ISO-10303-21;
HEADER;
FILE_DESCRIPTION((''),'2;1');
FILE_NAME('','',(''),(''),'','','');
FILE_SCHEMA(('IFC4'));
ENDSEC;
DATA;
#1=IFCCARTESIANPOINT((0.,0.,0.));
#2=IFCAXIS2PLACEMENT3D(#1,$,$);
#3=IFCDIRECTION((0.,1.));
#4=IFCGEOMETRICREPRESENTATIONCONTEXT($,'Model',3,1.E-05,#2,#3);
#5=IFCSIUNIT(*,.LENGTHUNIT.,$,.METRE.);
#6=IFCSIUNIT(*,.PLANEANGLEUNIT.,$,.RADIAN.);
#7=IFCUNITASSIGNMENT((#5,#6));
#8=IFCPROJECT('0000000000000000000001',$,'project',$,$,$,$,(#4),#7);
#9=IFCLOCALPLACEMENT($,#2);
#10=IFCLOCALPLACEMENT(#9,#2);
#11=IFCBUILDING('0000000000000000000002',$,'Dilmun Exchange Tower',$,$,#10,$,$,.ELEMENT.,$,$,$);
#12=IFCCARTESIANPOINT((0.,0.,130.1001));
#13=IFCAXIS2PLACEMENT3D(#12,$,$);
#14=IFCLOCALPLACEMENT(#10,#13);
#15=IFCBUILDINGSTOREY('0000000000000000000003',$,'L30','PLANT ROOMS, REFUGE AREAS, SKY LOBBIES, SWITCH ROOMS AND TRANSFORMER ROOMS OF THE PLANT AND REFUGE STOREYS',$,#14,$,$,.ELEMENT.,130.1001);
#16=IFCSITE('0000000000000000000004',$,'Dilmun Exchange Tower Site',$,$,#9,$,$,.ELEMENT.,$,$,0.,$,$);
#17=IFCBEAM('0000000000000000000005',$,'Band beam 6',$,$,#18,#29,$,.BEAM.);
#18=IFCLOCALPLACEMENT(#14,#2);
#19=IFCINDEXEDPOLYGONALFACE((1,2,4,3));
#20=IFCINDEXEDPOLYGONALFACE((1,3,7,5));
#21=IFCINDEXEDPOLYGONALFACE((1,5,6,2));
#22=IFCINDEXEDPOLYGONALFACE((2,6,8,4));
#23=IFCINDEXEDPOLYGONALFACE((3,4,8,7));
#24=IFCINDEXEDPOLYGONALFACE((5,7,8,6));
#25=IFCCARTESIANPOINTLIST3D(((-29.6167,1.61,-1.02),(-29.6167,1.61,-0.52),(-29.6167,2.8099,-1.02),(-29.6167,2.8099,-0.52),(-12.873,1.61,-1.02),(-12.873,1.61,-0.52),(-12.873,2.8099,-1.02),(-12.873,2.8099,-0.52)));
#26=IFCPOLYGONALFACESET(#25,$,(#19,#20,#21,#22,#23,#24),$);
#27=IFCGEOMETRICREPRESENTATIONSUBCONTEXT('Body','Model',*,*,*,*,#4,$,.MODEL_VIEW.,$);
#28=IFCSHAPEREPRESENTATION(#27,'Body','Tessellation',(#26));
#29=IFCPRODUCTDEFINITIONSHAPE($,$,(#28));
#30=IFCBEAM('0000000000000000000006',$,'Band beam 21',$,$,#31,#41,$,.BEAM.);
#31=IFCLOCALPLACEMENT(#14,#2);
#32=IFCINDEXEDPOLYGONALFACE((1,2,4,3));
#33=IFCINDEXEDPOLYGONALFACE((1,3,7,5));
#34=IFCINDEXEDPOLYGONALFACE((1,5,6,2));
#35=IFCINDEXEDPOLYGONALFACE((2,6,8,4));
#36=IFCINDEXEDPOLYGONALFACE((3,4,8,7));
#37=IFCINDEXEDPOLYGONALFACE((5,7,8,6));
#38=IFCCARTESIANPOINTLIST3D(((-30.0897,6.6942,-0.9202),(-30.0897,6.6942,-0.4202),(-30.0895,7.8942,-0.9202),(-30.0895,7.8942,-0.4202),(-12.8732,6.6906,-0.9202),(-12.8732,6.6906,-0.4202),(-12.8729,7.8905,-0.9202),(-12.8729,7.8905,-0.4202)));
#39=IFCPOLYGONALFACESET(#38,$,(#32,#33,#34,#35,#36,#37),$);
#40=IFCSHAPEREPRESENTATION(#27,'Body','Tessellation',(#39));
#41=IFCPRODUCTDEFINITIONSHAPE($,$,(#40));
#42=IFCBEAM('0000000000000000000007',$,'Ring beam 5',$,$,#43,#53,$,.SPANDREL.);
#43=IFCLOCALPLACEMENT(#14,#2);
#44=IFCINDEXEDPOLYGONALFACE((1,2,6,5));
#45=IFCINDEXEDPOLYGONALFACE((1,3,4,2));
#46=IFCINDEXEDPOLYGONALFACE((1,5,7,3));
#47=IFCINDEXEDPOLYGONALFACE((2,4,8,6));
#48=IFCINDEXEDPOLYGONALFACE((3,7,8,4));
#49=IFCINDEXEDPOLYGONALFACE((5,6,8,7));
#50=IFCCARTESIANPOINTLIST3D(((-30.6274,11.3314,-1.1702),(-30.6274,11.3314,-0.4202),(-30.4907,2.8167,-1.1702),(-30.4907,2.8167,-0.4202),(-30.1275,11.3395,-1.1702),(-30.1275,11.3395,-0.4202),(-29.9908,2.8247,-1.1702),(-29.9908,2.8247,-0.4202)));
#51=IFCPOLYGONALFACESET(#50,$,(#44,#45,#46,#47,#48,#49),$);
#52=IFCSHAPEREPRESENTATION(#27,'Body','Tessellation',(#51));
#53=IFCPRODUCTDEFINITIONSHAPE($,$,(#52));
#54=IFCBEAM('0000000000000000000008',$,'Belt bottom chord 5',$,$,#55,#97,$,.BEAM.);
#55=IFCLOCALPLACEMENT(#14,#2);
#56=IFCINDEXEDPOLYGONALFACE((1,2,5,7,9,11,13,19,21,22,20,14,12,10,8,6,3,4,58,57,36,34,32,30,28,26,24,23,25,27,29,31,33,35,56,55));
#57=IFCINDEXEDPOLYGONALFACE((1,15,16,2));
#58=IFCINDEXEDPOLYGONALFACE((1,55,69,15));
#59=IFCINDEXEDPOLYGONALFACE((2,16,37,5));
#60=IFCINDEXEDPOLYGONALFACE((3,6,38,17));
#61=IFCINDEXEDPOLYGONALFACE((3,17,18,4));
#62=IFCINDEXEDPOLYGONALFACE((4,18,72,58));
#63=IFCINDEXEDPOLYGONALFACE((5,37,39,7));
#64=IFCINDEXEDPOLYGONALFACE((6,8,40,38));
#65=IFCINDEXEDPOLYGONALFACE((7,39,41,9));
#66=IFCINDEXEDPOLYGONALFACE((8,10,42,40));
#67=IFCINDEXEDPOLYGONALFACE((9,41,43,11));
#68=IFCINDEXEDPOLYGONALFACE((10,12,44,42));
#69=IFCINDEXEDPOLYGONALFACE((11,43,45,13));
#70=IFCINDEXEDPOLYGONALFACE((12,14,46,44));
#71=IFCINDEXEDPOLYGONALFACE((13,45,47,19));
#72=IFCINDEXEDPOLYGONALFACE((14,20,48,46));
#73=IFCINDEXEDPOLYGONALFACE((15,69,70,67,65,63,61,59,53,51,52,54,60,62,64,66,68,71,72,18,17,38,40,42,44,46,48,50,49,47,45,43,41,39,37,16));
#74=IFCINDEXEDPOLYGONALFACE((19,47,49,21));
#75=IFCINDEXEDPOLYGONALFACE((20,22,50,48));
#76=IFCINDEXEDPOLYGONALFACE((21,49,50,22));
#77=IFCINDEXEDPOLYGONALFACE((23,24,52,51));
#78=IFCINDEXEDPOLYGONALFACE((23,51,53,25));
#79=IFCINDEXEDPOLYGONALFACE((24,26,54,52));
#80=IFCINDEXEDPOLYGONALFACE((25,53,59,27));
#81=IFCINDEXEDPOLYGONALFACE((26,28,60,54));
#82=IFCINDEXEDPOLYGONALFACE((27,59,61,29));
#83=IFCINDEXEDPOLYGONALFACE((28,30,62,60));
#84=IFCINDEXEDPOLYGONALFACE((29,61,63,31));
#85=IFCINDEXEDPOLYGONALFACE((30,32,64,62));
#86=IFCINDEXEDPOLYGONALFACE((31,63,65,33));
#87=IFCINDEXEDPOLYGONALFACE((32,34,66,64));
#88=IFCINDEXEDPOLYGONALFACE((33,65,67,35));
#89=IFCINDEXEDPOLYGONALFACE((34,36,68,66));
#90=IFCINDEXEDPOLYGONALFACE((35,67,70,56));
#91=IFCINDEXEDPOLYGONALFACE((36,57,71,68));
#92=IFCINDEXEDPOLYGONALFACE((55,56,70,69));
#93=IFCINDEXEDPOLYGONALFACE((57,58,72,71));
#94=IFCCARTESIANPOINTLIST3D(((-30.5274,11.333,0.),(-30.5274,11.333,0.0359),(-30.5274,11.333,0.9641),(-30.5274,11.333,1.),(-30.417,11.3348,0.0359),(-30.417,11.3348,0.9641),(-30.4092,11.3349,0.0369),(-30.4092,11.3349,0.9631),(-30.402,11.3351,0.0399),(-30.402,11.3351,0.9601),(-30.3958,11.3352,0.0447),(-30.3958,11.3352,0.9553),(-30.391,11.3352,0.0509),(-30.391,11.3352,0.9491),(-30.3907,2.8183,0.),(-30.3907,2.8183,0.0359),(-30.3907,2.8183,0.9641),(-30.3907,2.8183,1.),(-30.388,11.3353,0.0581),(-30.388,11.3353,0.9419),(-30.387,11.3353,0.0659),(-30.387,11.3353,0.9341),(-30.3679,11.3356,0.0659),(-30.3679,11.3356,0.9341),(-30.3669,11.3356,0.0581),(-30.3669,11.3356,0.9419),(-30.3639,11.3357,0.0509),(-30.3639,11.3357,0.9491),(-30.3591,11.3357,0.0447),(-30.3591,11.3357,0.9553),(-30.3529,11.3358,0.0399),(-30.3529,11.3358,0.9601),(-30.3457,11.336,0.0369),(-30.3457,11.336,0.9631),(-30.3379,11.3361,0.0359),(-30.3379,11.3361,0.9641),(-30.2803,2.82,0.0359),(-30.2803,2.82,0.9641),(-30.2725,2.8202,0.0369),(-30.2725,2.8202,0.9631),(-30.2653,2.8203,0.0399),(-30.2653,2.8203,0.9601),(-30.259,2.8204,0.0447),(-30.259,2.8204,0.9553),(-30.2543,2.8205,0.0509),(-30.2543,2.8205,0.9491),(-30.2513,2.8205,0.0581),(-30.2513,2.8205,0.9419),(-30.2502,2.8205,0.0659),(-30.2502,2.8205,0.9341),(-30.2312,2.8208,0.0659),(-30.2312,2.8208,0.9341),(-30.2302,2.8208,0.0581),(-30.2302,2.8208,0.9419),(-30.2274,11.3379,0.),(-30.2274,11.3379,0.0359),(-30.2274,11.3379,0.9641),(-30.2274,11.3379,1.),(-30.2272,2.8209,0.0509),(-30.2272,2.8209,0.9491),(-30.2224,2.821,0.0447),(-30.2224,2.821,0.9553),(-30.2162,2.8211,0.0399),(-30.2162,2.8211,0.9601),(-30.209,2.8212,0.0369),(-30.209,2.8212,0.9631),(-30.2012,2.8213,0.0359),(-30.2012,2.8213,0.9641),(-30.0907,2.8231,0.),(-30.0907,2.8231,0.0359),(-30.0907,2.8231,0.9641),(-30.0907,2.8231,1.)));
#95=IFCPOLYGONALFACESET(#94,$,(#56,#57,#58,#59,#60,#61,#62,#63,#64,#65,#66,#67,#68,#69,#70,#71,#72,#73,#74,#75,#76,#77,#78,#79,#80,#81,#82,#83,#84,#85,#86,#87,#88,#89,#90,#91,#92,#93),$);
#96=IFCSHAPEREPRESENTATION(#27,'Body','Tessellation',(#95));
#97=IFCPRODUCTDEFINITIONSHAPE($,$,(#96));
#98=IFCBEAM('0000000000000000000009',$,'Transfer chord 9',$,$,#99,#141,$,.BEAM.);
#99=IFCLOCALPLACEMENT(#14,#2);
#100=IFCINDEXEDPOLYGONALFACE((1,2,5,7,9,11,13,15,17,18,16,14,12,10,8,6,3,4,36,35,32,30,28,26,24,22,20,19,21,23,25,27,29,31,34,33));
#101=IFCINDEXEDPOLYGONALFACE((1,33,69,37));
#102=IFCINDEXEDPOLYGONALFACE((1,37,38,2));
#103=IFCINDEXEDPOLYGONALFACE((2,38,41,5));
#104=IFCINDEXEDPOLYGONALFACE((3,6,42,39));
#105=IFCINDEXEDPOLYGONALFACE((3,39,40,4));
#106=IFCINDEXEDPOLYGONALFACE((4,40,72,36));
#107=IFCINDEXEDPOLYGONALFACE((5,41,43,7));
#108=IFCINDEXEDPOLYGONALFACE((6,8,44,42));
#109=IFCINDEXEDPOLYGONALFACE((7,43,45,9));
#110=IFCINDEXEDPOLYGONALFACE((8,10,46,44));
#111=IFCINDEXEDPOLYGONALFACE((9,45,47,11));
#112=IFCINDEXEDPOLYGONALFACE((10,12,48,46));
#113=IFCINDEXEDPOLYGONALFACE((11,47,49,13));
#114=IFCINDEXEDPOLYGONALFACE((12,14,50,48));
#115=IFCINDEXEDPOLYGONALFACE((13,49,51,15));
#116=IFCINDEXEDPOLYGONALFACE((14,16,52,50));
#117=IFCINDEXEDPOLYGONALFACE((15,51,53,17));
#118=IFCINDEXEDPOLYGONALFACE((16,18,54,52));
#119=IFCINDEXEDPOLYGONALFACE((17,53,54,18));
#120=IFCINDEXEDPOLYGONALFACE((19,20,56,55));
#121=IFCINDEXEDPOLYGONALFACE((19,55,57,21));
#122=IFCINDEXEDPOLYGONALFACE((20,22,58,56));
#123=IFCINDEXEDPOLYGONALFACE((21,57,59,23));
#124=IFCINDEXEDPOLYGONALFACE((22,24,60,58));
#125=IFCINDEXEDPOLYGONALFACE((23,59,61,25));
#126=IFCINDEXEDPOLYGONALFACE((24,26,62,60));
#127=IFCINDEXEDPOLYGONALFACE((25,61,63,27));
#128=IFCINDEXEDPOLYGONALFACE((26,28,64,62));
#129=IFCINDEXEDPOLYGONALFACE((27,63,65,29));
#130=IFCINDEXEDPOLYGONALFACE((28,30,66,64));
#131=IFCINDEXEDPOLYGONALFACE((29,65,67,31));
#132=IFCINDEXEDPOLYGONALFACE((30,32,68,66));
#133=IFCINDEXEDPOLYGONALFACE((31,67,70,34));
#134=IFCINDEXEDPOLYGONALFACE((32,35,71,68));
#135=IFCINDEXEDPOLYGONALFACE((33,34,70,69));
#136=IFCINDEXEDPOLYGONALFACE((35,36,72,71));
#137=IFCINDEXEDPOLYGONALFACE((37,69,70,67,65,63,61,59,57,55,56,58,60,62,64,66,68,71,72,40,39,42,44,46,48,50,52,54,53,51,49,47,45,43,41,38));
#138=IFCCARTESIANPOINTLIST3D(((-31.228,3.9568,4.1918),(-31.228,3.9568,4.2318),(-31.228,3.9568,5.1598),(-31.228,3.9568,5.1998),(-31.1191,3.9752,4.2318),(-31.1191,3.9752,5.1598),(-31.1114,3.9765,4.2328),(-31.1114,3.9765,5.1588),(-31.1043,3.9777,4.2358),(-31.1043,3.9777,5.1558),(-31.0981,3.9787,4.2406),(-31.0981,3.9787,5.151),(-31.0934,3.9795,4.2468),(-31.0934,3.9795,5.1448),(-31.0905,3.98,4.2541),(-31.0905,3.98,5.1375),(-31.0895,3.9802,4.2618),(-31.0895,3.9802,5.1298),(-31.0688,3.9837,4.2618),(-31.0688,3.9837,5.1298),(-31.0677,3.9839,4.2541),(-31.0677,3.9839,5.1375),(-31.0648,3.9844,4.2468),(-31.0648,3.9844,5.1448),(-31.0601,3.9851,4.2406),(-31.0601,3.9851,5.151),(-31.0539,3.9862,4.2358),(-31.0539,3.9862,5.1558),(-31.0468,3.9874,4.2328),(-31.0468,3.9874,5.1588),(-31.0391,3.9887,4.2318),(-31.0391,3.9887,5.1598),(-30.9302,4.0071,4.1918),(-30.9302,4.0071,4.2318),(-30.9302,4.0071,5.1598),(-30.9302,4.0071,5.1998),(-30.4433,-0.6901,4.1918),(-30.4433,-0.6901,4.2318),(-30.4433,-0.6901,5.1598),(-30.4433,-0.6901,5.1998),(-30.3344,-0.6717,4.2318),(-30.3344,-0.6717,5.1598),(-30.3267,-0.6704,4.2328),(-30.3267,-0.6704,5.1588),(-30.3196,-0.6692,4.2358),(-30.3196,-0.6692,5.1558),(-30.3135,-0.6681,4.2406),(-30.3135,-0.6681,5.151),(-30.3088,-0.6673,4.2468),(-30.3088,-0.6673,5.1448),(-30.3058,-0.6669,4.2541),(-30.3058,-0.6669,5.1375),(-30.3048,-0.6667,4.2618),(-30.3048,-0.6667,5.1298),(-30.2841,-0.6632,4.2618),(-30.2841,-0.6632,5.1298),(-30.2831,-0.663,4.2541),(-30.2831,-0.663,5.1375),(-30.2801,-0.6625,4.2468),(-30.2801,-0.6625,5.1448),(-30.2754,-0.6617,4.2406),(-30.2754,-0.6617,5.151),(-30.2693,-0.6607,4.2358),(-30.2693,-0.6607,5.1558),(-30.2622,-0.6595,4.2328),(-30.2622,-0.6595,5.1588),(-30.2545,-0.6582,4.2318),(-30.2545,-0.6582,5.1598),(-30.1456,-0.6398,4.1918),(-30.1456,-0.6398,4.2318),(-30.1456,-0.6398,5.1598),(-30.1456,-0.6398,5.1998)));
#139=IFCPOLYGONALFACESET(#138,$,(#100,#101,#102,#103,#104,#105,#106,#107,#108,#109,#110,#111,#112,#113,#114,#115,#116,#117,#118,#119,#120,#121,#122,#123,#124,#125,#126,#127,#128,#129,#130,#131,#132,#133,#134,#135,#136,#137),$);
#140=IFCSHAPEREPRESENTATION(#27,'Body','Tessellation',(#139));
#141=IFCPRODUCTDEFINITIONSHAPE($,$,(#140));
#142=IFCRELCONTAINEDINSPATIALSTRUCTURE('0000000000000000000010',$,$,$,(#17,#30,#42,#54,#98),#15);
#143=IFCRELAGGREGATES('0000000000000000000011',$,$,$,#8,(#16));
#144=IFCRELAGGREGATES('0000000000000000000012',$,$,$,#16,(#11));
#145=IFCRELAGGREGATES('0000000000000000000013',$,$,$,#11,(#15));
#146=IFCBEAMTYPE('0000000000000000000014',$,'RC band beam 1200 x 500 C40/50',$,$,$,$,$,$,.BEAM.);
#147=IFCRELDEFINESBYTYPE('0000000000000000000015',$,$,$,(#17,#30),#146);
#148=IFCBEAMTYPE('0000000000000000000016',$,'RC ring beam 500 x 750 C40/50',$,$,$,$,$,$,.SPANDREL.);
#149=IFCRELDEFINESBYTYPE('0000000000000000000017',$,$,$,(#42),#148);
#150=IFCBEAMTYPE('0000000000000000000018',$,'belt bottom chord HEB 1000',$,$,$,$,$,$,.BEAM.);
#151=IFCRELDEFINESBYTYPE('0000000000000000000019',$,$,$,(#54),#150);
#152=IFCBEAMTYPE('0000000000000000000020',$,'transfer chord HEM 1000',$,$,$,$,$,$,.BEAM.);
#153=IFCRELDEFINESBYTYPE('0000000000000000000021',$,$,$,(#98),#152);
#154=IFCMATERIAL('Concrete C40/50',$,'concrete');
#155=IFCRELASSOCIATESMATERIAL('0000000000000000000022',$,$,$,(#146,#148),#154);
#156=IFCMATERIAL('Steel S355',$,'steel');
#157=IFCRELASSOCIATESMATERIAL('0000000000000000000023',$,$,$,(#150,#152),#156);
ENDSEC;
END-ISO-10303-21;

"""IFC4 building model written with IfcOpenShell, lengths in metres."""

from ifc_helpers import new_model, si_unit, direction, frame, origin, origin_2d, place, context, subcontext, project, spatial, rectangle, i_section, extrude, material, material_profile, profile_set, type_object, element, save


model = new_model("IFC4")

# Units and contexts
model_context = context("Model", 3, precision=1e-05, world=origin(), true_north=direction((0.0, 1.0)))
body_context = subcontext(model_context, "Body", "Model", "MODEL_VIEW")
ifc_project = project(units=[si_unit("LENGTHUNIT", "METRE"), si_unit("PLANEANGLEUNIT", "RADIAN")], contexts=[model_context])

# Site, building, storey
site_placement = place(None, origin())
site = spatial("IfcSite", under=ifc_project, at=site_placement, Name="Dilmun Exchange Tower Site", CompositionType="ELEMENT", RefElevation=0.0)
building_placement = place(site_placement, origin())
building = spatial("IfcBuilding", under=site, at=building_placement, Name="Dilmun Exchange Tower", CompositionType="ELEMENT")
storey_placement = place(building_placement, frame((0.0, 0.0, 130.1001)))
storey = spatial("IfcBuildingStorey", under=building, at=storey_placement, Name="L30", Description="PLANT ROOMS, REFUGE AREAS, SKY LOBBIES, SWITCH ROOMS AND TRANSFORMER ROOMS OF THE PLANT AND REFUGE STOREYS", CompositionType="ELEMENT", Elevation=130.1001)

# Beams
ifc_material_1 = material(Name="Concrete C40/50", Category="concrete")
ifc_material_profile_1 = material_profile(ifc_material_1, rectangle(XDim=1.2, YDim=0.5, at=origin_2d()), Name="1200 x 500")
ifc_profile_set_1 = profile_set([ifc_material_profile_1], Name="Concrete C40/50")
beam_type_1 = type_object("IfcBeamType", Name="RC band beam 1200 x 500 C40/50", PredefinedType="BEAM", material=ifc_profile_set_1)
beam_1_placement = place(storey_placement, frame((-29.6167, 2.21, -0.77), z_axis=(1.0, 0.0, 0.0), x_axis=(0.0, 1.0, 0.0)))
element("IfcBeam", 1, at=beam_1_placement, inside=storey, type_object=beam_type_1, Name="Band beam 6", PredefinedType="BEAM", context=body_context, shape_type="SweptSolid", body=[
    extrude(rectangle(XDim=1.2, YDim=0.5, at=origin_2d()), origin(), (0.0, 0.0, 1.0), 16.7437),
])
beam_2_placement = place(storey_placement, frame((-30.0896, 7.2942, -0.6702), z_axis=(1.0, -0.000213, 0.0), x_axis=(0.000213, 1.0, 0.0)))
element("IfcBeam", 2, at=beam_2_placement, inside=storey, type_object=beam_type_1, Name="Band beam 21", PredefinedType="BEAM", context=body_context, shape_type="SweptSolid", body=[
    extrude(rectangle(XDim=1.2, YDim=0.5, at=origin_2d()), origin(), (0.0, 0.0, 1.0), 17.2166),
])
ifc_material_profile_2 = material_profile(ifc_material_1, rectangle(XDim=0.5, YDim=0.75, at=origin_2d()), Name="500 x 750")
ifc_profile_set_2 = profile_set([ifc_material_profile_2], Name="Concrete C40/50")
beam_type_2 = type_object("IfcBeamType", Name="RC ring beam 500 x 750 C40/50", PredefinedType="SPANDREL", material=ifc_profile_set_2)
beam_3_placement = place(storey_placement, frame((-30.3774, 11.3354, -0.7952), z_axis=(0.016054, -0.999871, 0.0), x_axis=(0.999871, 0.016054, 0.0)))
element("IfcBeam", 3, at=beam_3_placement, inside=storey, type_object=beam_type_2, Name="Ring beam 5", PredefinedType="SPANDREL", context=body_context, shape_type="SweptSolid", body=[
    extrude(rectangle(XDim=0.5, YDim=0.75, at=origin_2d()), origin(), (0.0, 0.0, 1.0), 8.5159),
])
ifc_material_2 = material(Name="Steel S355", Category="steel")
ifc_material_profile_3 = material_profile(ifc_material_2, i_section(OverallWidth=0.3, OverallDepth=1.0, WebThickness=0.019, FlangeThickness=0.0359, FilletRadius=0.03, at=origin_2d()), Name="HEB 1000")
ifc_profile_set_3 = profile_set([ifc_material_profile_3], Name="Steel S355")
beam_type_3 = type_object("IfcBeamType", Name="belt bottom chord HEB 1000", PredefinedType="BEAM", material=ifc_profile_set_3)
beam_4_placement = place(storey_placement, frame((-30.3774, 11.3354, 0.5), z_axis=(0.016054, -0.999871, 0.0), x_axis=(0.999871, 0.016054, 0.0)))
element("IfcBeam", 4, at=beam_4_placement, inside=storey, type_object=beam_type_3, Name="Belt bottom chord 5", PredefinedType="BEAM", context=body_context, shape_type="SweptSolid", body=[
    extrude(i_section(OverallWidth=0.3, OverallDepth=1.0, WebThickness=0.019, FlangeThickness=0.0359, FilletRadius=0.03, at=origin_2d()), origin(), (0.0, 0.0, 1.0), 8.5159),
])
ifc_material_profile_4 = material_profile(ifc_material_2, i_section(OverallWidth=0.302, OverallDepth=1.0081, WebThickness=0.021, FlangeThickness=0.04, FilletRadius=0.03, at=origin_2d()), Name="HEM 1000")
ifc_profile_set_4 = profile_set([ifc_material_profile_4], Name="Steel S355")
beam_type_4 = type_object("IfcBeamType", Name="transfer chord HEM 1000", PredefinedType="BEAM", material=ifc_profile_set_4)
beam_5_placement = place(storey_placement, frame((-31.0791, 3.9819, 4.6958), z_axis=(0.166499, -0.986042, 0.0), x_axis=(0.986042, 0.166499, 0.0)))
element("IfcBeam", 5, at=beam_5_placement, inside=storey, type_object=beam_type_4, Name="Transfer chord 9", PredefinedType="BEAM", context=body_context, shape_type="SweptSolid", body=[
    extrude(i_section(OverallWidth=0.302, OverallDepth=1.0081, WebThickness=0.021, FlangeThickness=0.04, FilletRadius=0.03, at=origin_2d()), origin(), (0.0, 0.0, 1.0), 4.7126),
])

save(model, "model.ifc")
